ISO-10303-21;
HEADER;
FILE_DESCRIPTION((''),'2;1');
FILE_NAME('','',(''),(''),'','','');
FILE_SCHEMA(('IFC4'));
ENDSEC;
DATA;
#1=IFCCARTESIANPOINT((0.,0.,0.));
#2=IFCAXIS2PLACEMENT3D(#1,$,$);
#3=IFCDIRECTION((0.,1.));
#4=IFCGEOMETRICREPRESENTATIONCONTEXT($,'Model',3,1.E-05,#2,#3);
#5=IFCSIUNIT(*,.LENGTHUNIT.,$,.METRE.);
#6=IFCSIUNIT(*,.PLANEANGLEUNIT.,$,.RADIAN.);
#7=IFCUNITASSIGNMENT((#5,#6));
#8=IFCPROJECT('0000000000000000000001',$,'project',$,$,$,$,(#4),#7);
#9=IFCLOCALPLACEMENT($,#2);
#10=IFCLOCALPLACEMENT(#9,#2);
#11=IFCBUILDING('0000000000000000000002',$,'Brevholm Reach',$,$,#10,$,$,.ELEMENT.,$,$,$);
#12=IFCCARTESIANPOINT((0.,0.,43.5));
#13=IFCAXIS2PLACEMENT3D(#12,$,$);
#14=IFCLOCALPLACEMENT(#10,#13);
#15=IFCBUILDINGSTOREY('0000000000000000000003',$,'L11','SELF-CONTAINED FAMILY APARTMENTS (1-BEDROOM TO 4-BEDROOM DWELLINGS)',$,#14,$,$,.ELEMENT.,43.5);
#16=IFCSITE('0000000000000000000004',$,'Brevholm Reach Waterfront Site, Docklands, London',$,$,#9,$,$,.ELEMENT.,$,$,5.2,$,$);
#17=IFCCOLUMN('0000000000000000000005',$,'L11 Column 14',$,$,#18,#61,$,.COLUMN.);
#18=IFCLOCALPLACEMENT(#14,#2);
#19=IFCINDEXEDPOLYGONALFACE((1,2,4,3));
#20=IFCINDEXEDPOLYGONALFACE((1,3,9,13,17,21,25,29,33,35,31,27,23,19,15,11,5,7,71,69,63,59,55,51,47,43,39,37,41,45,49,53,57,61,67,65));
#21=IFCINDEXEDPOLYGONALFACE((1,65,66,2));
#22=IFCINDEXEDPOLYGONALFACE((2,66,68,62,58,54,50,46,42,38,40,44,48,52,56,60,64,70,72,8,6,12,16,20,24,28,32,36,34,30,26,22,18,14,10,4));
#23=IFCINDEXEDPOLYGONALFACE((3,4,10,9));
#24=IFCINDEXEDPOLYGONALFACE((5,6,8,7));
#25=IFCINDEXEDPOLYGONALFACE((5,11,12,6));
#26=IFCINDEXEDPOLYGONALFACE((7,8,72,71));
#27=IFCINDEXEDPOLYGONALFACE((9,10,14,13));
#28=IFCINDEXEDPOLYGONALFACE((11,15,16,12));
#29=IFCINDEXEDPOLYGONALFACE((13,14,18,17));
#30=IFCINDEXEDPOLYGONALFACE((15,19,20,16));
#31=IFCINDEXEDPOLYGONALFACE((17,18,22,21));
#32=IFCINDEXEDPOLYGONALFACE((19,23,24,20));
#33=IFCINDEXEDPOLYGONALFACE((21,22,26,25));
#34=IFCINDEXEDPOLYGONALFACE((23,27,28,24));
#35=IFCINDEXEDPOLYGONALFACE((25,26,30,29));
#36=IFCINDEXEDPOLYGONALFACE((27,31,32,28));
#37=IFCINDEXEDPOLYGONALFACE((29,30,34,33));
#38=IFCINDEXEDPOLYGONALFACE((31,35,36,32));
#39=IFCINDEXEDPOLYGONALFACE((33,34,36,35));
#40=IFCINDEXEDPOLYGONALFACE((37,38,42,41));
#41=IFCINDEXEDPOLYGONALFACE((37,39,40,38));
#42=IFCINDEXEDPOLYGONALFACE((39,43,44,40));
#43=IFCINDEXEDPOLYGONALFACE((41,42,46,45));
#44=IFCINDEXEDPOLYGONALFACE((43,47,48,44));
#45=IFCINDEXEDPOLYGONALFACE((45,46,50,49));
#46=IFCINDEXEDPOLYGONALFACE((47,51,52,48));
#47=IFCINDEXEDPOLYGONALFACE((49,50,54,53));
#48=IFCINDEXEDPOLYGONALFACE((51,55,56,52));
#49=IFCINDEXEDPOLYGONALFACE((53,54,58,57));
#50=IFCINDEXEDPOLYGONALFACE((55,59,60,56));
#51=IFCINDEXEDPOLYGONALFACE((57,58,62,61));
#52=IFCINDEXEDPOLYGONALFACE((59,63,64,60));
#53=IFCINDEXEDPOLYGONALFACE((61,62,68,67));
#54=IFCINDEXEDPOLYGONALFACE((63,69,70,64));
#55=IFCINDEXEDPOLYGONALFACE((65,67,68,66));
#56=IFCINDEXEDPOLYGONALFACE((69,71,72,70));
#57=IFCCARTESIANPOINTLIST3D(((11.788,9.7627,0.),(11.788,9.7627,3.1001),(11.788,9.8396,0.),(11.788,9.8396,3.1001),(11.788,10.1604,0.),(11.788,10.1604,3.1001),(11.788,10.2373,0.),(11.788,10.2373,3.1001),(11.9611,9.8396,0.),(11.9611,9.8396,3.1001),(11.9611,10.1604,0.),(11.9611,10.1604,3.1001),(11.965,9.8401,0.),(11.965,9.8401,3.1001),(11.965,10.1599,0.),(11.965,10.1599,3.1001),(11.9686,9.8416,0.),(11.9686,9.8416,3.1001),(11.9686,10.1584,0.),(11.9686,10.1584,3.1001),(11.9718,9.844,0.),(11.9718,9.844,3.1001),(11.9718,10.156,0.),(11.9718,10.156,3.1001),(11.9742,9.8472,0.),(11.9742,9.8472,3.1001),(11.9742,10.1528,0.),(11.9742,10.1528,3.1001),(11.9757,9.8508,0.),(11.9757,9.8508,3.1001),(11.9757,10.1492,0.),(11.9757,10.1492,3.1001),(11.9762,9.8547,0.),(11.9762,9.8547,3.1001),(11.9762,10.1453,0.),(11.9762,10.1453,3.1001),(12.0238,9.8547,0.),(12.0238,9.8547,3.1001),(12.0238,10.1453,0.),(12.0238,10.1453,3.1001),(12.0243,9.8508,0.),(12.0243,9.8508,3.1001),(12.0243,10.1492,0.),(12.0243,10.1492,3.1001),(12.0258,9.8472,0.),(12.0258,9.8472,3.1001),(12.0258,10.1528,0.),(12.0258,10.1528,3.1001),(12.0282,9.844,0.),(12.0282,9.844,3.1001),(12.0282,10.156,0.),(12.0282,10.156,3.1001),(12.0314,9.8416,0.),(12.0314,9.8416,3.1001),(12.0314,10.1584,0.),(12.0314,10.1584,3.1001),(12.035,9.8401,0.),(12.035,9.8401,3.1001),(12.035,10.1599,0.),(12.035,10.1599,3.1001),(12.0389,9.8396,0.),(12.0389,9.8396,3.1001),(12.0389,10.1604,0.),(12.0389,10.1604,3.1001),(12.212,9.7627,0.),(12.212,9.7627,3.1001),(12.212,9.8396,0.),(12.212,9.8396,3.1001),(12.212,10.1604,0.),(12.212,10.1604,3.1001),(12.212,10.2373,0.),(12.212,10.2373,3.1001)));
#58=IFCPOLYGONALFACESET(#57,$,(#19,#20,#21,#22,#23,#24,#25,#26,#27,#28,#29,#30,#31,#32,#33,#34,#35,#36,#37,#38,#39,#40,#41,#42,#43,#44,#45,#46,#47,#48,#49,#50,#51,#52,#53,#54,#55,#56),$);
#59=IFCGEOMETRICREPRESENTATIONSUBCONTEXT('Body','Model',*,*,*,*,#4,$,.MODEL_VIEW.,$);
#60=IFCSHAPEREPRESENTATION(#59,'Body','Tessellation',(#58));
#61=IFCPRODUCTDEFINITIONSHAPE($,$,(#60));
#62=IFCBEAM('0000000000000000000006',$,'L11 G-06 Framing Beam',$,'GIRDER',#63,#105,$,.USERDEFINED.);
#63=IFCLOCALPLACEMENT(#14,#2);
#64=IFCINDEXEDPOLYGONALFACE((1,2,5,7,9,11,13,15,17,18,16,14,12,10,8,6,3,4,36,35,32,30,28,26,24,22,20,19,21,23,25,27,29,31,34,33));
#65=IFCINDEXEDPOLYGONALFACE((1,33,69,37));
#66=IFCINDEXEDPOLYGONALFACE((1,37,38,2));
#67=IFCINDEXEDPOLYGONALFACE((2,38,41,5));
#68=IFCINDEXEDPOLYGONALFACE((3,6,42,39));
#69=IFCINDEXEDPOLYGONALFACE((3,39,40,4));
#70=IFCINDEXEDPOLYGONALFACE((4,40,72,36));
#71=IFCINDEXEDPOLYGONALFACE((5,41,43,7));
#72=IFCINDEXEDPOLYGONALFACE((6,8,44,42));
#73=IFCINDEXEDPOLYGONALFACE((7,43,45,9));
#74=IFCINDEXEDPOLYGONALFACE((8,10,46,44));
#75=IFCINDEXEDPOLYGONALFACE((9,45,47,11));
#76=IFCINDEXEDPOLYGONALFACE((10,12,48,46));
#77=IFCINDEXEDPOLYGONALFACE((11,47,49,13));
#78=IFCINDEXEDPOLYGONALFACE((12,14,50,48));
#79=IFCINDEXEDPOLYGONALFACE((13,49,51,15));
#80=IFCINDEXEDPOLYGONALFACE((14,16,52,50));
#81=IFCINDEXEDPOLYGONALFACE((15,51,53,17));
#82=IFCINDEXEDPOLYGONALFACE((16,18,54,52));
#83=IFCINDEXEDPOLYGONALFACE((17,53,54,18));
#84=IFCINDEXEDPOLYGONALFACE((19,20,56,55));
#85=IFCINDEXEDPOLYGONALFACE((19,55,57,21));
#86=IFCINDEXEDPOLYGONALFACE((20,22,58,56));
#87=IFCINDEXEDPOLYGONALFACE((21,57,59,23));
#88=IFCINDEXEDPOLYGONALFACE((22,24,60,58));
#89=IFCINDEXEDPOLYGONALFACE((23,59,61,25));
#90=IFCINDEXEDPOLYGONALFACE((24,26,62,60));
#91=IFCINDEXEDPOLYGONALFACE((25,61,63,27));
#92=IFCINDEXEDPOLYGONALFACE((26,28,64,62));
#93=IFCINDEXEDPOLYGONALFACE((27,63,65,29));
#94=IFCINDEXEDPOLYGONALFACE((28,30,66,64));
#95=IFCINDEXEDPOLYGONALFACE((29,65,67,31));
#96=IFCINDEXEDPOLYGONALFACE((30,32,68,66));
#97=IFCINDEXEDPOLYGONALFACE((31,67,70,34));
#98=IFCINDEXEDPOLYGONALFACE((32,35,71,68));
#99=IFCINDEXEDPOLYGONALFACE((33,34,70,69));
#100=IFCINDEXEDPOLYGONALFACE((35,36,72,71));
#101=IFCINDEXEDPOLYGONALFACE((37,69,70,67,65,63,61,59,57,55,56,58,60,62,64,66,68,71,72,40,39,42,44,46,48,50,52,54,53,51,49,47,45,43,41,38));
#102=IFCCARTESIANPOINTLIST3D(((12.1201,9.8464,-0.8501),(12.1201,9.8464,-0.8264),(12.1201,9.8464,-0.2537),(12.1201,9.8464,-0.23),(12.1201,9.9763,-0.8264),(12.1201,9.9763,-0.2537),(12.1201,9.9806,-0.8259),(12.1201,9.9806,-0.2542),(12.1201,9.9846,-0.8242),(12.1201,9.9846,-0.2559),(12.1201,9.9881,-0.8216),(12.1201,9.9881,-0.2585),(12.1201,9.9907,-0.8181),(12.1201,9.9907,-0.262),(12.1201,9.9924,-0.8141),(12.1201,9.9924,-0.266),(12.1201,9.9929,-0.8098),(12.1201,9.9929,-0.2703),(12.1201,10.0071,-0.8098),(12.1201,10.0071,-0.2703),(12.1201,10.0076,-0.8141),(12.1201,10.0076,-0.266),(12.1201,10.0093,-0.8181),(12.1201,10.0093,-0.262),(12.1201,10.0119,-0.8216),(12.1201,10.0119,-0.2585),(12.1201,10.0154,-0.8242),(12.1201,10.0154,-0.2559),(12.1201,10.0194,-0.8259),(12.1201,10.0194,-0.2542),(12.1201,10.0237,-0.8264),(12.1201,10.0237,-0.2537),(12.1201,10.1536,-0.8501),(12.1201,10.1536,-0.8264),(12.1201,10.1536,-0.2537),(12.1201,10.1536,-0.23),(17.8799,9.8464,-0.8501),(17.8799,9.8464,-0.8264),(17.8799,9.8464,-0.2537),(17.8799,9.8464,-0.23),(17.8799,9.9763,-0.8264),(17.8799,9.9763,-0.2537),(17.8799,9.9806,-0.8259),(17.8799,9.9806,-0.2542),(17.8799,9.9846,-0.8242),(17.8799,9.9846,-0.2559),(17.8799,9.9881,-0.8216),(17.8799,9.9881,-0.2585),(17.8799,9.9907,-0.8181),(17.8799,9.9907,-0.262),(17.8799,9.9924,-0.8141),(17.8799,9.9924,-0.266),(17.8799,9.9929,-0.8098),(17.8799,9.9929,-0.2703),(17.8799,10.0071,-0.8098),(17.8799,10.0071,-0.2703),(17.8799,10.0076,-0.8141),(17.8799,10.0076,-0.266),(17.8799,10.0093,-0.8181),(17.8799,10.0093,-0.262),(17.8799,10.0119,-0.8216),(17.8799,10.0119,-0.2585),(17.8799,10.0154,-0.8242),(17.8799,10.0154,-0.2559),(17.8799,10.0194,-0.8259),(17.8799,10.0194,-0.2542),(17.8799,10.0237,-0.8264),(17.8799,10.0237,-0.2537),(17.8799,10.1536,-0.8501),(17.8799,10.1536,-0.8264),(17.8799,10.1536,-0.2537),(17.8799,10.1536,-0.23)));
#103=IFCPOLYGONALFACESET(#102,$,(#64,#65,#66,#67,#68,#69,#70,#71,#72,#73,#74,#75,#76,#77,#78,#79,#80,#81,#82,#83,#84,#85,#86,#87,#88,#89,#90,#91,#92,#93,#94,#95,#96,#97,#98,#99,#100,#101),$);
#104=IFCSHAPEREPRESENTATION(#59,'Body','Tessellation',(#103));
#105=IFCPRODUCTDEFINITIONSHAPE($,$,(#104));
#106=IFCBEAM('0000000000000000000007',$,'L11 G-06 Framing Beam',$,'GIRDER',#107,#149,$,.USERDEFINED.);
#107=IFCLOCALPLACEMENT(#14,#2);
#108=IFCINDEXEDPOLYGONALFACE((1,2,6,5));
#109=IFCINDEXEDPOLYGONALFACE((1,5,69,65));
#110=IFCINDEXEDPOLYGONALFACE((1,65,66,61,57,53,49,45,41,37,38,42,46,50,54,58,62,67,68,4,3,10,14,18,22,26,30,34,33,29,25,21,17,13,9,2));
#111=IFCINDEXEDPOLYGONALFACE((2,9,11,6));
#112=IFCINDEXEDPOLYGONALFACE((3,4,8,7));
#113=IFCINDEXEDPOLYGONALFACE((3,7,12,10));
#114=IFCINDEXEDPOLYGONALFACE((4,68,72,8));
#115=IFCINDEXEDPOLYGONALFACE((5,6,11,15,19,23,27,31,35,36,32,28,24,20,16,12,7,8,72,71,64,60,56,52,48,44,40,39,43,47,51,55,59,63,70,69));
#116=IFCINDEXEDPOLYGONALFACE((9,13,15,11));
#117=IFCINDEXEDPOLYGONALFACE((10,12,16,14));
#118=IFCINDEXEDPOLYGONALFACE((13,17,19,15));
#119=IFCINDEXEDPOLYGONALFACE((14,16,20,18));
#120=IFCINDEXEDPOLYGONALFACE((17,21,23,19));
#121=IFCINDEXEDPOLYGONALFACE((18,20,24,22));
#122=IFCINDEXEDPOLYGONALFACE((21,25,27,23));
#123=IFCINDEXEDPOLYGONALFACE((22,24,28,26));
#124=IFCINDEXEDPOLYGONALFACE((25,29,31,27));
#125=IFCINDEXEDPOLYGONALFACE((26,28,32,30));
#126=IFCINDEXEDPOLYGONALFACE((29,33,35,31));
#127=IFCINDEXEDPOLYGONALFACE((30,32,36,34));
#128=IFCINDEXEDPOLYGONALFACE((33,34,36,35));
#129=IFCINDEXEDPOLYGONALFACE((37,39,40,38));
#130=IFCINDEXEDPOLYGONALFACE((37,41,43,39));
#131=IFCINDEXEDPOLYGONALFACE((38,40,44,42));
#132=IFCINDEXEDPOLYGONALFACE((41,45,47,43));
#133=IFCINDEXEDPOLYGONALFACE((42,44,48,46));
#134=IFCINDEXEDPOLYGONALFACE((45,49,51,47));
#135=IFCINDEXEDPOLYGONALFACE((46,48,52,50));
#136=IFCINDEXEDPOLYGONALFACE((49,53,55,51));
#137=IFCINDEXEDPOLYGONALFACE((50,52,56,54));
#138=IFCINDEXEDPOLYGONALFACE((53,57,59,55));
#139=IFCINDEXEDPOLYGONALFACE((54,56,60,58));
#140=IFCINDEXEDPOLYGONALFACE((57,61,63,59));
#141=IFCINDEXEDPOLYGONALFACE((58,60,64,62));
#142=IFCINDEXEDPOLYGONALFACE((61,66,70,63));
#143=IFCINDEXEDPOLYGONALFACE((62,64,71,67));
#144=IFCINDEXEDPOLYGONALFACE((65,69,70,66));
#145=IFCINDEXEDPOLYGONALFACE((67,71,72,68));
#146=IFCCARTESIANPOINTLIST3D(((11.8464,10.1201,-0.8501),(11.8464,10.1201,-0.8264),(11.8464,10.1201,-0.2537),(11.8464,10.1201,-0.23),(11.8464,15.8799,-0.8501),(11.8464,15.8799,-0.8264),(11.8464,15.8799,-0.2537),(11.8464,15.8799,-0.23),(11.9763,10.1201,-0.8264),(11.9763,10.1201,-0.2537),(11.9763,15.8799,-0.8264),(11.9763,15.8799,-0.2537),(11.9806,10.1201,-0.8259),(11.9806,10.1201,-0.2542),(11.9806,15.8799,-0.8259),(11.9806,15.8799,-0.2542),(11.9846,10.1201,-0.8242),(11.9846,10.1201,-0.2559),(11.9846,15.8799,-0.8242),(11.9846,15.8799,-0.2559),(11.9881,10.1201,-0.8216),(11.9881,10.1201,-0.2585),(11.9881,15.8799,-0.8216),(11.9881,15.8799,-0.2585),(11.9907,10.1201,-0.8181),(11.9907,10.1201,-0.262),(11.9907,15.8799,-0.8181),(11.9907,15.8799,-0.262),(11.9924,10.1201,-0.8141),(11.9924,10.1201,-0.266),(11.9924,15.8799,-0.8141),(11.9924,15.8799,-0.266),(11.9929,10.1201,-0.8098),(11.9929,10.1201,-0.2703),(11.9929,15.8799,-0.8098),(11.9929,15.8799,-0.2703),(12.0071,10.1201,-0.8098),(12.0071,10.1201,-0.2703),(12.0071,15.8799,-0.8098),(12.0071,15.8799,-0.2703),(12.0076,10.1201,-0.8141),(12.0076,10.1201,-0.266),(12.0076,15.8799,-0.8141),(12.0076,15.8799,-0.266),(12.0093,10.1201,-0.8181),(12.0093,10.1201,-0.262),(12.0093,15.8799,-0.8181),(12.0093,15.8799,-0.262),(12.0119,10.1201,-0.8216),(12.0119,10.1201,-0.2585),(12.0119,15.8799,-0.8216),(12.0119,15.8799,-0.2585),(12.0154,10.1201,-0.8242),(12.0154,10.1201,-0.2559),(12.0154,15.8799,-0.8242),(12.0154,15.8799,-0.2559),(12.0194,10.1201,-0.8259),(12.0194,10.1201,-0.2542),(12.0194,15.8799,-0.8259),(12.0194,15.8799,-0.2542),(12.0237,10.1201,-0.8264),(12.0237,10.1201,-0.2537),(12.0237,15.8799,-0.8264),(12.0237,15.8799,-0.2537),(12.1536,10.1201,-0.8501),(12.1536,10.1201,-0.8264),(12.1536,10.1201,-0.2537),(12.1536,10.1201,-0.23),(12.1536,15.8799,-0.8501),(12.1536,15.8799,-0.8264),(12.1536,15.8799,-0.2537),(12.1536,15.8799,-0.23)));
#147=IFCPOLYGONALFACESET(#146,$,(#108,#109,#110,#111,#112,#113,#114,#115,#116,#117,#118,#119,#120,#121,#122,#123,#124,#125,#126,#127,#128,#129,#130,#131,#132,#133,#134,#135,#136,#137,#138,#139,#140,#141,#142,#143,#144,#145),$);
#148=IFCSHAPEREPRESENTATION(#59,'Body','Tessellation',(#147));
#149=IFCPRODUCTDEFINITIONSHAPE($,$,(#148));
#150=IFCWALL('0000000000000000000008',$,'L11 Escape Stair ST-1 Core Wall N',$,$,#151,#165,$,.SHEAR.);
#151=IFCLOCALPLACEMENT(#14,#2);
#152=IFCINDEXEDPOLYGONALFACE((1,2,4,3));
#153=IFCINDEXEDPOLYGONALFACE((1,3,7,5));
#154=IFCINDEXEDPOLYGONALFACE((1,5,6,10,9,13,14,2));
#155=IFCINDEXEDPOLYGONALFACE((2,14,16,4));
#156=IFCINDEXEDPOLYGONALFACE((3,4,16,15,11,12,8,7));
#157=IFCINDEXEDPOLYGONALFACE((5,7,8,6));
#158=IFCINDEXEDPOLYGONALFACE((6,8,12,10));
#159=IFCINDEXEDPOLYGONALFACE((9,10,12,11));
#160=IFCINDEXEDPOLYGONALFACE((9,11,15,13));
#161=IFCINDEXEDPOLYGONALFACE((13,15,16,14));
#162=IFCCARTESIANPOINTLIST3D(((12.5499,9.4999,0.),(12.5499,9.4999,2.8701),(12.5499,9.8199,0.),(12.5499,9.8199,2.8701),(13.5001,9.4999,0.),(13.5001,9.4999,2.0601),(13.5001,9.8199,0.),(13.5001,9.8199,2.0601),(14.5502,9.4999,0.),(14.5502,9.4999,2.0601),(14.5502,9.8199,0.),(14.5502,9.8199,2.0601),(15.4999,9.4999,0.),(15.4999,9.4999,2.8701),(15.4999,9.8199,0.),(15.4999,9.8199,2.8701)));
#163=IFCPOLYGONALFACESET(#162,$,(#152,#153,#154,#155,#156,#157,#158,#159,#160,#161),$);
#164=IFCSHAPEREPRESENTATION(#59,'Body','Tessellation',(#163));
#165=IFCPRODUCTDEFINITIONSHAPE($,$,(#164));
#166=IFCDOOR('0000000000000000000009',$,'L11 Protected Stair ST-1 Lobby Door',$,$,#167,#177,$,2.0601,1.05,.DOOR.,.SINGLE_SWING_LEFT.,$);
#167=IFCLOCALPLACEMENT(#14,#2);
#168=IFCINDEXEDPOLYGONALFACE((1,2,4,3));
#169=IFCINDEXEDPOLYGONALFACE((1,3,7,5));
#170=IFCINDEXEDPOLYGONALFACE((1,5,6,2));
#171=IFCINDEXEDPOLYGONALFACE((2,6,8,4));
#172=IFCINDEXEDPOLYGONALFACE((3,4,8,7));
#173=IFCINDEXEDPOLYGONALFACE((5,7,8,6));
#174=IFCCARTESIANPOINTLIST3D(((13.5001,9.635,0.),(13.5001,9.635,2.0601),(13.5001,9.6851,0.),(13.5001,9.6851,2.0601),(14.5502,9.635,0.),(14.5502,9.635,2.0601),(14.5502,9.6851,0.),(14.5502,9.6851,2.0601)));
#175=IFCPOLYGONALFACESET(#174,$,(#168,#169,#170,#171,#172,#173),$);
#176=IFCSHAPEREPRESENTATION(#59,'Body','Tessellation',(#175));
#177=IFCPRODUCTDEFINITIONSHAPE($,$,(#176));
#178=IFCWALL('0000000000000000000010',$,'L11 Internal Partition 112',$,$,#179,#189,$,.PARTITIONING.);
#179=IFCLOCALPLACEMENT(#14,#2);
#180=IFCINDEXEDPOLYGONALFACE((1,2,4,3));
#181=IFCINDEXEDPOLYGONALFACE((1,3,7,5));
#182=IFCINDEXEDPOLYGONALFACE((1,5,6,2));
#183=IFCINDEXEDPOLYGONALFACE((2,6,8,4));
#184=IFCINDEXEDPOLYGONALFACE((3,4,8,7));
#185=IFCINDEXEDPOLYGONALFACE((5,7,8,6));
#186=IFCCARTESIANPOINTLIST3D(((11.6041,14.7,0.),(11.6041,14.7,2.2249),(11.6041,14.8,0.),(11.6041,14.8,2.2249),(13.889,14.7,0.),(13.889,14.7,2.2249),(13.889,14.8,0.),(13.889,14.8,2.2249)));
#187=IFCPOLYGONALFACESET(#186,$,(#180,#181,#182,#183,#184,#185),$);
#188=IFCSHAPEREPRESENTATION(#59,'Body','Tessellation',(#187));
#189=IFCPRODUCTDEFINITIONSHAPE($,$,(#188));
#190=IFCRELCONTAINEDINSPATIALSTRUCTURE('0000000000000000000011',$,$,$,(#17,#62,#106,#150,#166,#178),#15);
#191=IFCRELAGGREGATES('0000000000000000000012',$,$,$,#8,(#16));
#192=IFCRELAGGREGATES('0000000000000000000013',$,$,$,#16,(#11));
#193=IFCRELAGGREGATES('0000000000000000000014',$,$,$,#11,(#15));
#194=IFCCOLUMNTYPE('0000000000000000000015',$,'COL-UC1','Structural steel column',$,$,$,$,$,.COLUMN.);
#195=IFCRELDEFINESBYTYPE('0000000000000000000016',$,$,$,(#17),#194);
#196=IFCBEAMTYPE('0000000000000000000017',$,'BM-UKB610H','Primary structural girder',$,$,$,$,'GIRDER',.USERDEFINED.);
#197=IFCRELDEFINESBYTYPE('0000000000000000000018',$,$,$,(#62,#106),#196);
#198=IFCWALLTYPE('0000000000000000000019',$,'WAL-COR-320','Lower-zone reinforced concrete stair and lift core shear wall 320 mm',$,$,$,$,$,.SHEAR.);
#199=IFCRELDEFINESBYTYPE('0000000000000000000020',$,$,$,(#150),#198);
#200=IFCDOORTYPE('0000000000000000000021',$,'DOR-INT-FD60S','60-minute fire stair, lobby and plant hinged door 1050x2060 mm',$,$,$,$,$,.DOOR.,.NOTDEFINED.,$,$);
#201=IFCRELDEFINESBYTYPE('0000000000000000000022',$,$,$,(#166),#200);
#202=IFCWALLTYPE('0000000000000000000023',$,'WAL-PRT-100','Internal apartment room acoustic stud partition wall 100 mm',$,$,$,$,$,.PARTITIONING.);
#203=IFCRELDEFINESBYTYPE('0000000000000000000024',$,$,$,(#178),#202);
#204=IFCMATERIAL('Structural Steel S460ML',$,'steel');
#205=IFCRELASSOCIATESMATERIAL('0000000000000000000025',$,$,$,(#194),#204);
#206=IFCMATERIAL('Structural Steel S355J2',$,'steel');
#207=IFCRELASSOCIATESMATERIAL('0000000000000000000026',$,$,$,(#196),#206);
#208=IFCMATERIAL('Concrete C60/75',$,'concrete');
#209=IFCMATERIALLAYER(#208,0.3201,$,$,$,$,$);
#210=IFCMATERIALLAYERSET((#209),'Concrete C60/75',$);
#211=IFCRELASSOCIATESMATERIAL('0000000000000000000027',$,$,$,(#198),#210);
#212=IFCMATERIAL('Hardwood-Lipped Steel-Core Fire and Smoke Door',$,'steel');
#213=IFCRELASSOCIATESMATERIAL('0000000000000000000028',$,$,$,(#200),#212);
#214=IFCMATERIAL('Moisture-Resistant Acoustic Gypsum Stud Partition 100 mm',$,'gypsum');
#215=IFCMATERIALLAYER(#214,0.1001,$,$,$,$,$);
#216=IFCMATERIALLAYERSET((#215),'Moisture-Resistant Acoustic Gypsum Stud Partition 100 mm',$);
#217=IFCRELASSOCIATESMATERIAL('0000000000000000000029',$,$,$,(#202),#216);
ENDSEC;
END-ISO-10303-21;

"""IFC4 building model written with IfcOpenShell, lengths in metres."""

from ifc_helpers import new_model, si_unit, direction, frame, frame_2d, origin, origin_2d, place, context, subcontext, project, spatial, rectangle, i_section, extrude, material, layer, layer_set, material_profile, profile_set, type_object, element, fill, save


model = new_model("IFC4")

# Units and contexts
model_context = context("Model", 3, precision=1e-05, world=origin(), true_north=direction((0.0, 1.0)))
body_context = subcontext(model_context, "Body", "Model", "MODEL_VIEW")
ifc_project = project(units=[si_unit("LENGTHUNIT", "METRE"), si_unit("PLANEANGLEUNIT", "RADIAN")], contexts=[model_context])

# Site, building, storey
site_placement = place(None, origin())
site = spatial("IfcSite", under=ifc_project, at=site_placement, Name="Brevholm Reach Waterfront Site, Docklands, London", CompositionType="ELEMENT", RefElevation=5.2)
building_placement = place(site_placement, origin())
building = spatial("IfcBuilding", under=site, at=building_placement, Name="Brevholm Reach", CompositionType="ELEMENT")
storey_placement = place(building_placement, frame((0.0, 0.0, 43.5)))
storey = spatial("IfcBuildingStorey", under=building, at=storey_placement, Name="L11", Description="SELF-CONTAINED FAMILY APARTMENTS (1-BEDROOM TO 4-BEDROOM DWELLINGS)", CompositionType="ELEMENT", Elevation=43.5)

# Column
ifc_material_1 = material(Name="Structural Steel S460ML", Category="steel")
ifc_material_profile_1 = material_profile(ifc_material_1, i_section(OverallWidth=0.4241, OverallDepth=0.4746, WebThickness=0.0476, FlangeThickness=0.0769, FilletRadius=0.0151, at=origin_2d()), Name="UKC 356x406x634")
ifc_profile_set_1 = profile_set([ifc_material_profile_1], Name="Structural Steel S460ML")
column_type = type_object("IfcColumnType", Name="COL-UC1", Description="Structural steel column", PredefinedType="COLUMN", material=ifc_profile_set_1)
column_placement = place(storey_placement, frame((12.0, 10.0, 0.0), z_axis=(0.0, 0.0, 1.0), x_axis=(1.0, 0.0, 0.0)))
element("IfcColumn", 1, at=column_placement, inside=storey, type_object=column_type, Name="L11 Column 14", PredefinedType="COLUMN", context=body_context, shape_type="SweptSolid", body=[
    extrude(i_section(OverallWidth=0.4241, OverallDepth=0.4746, WebThickness=0.0476, FlangeThickness=0.0769, FilletRadius=0.0151, at=origin_2d()), origin(), (0.0, 0.0, 1.0), 3.1001),
])

# Beams
ifc_material_2 = material(Name="Structural Steel S355J2", Category="steel")
ifc_material_profile_2 = material_profile(ifc_material_2, i_section(OverallWidth=0.3071, OverallDepth=0.6201, WebThickness=0.0142, FlangeThickness=0.0237, FilletRadius=0.0166, at=origin_2d()), Name="UKB 610x305x179")
ifc_profile_set_2 = profile_set([ifc_material_profile_2], Name="Structural Steel S355J2")
beam_type = type_object("IfcBeamType", Name="BM-UKB610H", Description="Primary structural girder", ElementType="GIRDER", PredefinedType="USERDEFINED", material=ifc_profile_set_2)
for number, where, z_axis, x_axis, name in (
    (2, (12.1201, 10.0, -0.54), (1.0, 0.0, 0.0), (0.0, 1.0, 0.0), "L11 G-06 Framing Beam"),
    (3, (12.0, 10.1201, -0.54), (0.0, 1.0, 0.0), (-1.0, 0.0, 0.0), "L11 G-06 Framing Beam"),
):
    element("IfcBeam", number, at=place(storey_placement, frame(where, z_axis=z_axis, x_axis=x_axis)), inside=storey, type_object=beam_type, Name=name, ObjectType="GIRDER", PredefinedType="USERDEFINED", context=body_context, shape_type="SweptSolid", body=[
        extrude(i_section(OverallWidth=0.3071, OverallDepth=0.6201, WebThickness=0.0142, FlangeThickness=0.0237, FilletRadius=0.0166, at=origin_2d()), origin(), (0.0, 0.0, 1.0), 5.7598),
    ])

# Wall, opening, door
ifc_material_3 = material(Name="Concrete C60/75", Category="concrete")
ifc_layer_1 = layer(ifc_material_3, 0.3201)
ifc_layer_set_1 = layer_set([ifc_layer_1], Name="Concrete C60/75")
wall_type_1 = type_object("IfcWallType", Name="WAL-COR-320", Description="Lower-zone reinforced concrete stair and lift core shear wall 320 mm", PredefinedType="SHEAR", material=ifc_layer_set_1)
wall_1_placement = place(storey_placement, frame((15.5, 9.6599, 0.0), z_axis=(0.0, 0.0, 1.0), x_axis=(-1.0, 0.0, 0.0)))
wall_1 = element("IfcWall", 4, at=wall_1_placement, inside=storey, type_object=wall_type_1, Name="L11 Escape Stair ST-1 Core Wall N", PredefinedType="SHEAR", context=body_context, shape_type="SweptSolid", body=[
    extrude(rectangle(XDim=2.95, YDim=0.3201, at=frame_2d((1.4751, 0.0))), origin(), (0.0, 0.0, 1.0), 2.8701),
])
opening_1_placement = place(wall_1_placement, frame((0.95, 0.0, 0.0)))
opening_1 = element("IfcOpeningElement", 5, at=opening_1_placement, cuts=wall_1, PredefinedType="OPENING", context=body_context, shape_type="SweptSolid", body=[
    extrude(rectangle(XDim=1.05, YDim=2.0601, at=frame_2d((0.5249, 1.03))), frame((0.0, 0.1699, 0.0), z_axis=(0.0, -1.0, 0.0), x_axis=(1.0, 0.0, 0.0)), (0.0, 0.0, 1.0), 0.3401),
])
ifc_material_4 = material(Name="Hardwood-Lipped Steel-Core Fire and Smoke Door", Category="steel")
door_type_1 = type_object("IfcDoorType", Name="DOR-INT-FD60S", Description="60-minute fire stair, lobby and plant hinged door 1050x2060 mm", OperationType="NOTDEFINED", PredefinedType="DOOR", material=ifc_material_4)
door_1_placement = place(opening_1_placement, origin())
door_1 = element("IfcDoor", 6, at=door_1_placement, inside=storey, type_object=door_type_1, Name="L11 Protected Stair ST-1 Lobby Door", OperationType="SINGLE_SWING_LEFT", OverallHeight=2.0601, OverallWidth=1.05, PredefinedType="DOOR", context=body_context, shape_type="SweptSolid", body=[
    extrude(rectangle(XDim=1.05, YDim=2.0601, at=frame_2d((0.5249, 1.03))), frame((0.0, 0.0249, 0.0), z_axis=(0.0, -1.0, 0.0), x_axis=(1.0, 0.0, 0.0)), (0.0, 0.0, 1.0), 0.05),
])
fill(opening_1, door_1)

# Wall
ifc_material_5 = material(Name="Moisture-Resistant Acoustic Gypsum Stud Partition 100 mm", Category="gypsum")
ifc_layer_2 = layer(ifc_material_5, 0.1001)
ifc_layer_set_2 = layer_set([ifc_layer_2], Name="Moisture-Resistant Acoustic Gypsum Stud Partition 100 mm")
wall_type_2 = type_object("IfcWallType", Name="WAL-PRT-100", Description="Internal apartment room acoustic stud partition wall 100 mm", PredefinedType="PARTITIONING", material=ifc_layer_set_2)
wall_2_placement = place(storey_placement, frame((11.604, 14.75, 0.0), z_axis=(0.0, 0.0, 1.0), x_axis=(1.0, 0.0, 0.0)))
element("IfcWall", 7, at=wall_2_placement, inside=storey, type_object=wall_type_2, Name="L11 Internal Partition 112", PredefinedType="PARTITIONING", context=body_context, shape_type="SweptSolid", body=[
    extrude(rectangle(XDim=2.2849, YDim=0.1001, at=frame_2d((1.1426, 0.0))), origin(), (0.0, 0.0, 1.0), 2.2249),
])

save(model, "model.ifc")
